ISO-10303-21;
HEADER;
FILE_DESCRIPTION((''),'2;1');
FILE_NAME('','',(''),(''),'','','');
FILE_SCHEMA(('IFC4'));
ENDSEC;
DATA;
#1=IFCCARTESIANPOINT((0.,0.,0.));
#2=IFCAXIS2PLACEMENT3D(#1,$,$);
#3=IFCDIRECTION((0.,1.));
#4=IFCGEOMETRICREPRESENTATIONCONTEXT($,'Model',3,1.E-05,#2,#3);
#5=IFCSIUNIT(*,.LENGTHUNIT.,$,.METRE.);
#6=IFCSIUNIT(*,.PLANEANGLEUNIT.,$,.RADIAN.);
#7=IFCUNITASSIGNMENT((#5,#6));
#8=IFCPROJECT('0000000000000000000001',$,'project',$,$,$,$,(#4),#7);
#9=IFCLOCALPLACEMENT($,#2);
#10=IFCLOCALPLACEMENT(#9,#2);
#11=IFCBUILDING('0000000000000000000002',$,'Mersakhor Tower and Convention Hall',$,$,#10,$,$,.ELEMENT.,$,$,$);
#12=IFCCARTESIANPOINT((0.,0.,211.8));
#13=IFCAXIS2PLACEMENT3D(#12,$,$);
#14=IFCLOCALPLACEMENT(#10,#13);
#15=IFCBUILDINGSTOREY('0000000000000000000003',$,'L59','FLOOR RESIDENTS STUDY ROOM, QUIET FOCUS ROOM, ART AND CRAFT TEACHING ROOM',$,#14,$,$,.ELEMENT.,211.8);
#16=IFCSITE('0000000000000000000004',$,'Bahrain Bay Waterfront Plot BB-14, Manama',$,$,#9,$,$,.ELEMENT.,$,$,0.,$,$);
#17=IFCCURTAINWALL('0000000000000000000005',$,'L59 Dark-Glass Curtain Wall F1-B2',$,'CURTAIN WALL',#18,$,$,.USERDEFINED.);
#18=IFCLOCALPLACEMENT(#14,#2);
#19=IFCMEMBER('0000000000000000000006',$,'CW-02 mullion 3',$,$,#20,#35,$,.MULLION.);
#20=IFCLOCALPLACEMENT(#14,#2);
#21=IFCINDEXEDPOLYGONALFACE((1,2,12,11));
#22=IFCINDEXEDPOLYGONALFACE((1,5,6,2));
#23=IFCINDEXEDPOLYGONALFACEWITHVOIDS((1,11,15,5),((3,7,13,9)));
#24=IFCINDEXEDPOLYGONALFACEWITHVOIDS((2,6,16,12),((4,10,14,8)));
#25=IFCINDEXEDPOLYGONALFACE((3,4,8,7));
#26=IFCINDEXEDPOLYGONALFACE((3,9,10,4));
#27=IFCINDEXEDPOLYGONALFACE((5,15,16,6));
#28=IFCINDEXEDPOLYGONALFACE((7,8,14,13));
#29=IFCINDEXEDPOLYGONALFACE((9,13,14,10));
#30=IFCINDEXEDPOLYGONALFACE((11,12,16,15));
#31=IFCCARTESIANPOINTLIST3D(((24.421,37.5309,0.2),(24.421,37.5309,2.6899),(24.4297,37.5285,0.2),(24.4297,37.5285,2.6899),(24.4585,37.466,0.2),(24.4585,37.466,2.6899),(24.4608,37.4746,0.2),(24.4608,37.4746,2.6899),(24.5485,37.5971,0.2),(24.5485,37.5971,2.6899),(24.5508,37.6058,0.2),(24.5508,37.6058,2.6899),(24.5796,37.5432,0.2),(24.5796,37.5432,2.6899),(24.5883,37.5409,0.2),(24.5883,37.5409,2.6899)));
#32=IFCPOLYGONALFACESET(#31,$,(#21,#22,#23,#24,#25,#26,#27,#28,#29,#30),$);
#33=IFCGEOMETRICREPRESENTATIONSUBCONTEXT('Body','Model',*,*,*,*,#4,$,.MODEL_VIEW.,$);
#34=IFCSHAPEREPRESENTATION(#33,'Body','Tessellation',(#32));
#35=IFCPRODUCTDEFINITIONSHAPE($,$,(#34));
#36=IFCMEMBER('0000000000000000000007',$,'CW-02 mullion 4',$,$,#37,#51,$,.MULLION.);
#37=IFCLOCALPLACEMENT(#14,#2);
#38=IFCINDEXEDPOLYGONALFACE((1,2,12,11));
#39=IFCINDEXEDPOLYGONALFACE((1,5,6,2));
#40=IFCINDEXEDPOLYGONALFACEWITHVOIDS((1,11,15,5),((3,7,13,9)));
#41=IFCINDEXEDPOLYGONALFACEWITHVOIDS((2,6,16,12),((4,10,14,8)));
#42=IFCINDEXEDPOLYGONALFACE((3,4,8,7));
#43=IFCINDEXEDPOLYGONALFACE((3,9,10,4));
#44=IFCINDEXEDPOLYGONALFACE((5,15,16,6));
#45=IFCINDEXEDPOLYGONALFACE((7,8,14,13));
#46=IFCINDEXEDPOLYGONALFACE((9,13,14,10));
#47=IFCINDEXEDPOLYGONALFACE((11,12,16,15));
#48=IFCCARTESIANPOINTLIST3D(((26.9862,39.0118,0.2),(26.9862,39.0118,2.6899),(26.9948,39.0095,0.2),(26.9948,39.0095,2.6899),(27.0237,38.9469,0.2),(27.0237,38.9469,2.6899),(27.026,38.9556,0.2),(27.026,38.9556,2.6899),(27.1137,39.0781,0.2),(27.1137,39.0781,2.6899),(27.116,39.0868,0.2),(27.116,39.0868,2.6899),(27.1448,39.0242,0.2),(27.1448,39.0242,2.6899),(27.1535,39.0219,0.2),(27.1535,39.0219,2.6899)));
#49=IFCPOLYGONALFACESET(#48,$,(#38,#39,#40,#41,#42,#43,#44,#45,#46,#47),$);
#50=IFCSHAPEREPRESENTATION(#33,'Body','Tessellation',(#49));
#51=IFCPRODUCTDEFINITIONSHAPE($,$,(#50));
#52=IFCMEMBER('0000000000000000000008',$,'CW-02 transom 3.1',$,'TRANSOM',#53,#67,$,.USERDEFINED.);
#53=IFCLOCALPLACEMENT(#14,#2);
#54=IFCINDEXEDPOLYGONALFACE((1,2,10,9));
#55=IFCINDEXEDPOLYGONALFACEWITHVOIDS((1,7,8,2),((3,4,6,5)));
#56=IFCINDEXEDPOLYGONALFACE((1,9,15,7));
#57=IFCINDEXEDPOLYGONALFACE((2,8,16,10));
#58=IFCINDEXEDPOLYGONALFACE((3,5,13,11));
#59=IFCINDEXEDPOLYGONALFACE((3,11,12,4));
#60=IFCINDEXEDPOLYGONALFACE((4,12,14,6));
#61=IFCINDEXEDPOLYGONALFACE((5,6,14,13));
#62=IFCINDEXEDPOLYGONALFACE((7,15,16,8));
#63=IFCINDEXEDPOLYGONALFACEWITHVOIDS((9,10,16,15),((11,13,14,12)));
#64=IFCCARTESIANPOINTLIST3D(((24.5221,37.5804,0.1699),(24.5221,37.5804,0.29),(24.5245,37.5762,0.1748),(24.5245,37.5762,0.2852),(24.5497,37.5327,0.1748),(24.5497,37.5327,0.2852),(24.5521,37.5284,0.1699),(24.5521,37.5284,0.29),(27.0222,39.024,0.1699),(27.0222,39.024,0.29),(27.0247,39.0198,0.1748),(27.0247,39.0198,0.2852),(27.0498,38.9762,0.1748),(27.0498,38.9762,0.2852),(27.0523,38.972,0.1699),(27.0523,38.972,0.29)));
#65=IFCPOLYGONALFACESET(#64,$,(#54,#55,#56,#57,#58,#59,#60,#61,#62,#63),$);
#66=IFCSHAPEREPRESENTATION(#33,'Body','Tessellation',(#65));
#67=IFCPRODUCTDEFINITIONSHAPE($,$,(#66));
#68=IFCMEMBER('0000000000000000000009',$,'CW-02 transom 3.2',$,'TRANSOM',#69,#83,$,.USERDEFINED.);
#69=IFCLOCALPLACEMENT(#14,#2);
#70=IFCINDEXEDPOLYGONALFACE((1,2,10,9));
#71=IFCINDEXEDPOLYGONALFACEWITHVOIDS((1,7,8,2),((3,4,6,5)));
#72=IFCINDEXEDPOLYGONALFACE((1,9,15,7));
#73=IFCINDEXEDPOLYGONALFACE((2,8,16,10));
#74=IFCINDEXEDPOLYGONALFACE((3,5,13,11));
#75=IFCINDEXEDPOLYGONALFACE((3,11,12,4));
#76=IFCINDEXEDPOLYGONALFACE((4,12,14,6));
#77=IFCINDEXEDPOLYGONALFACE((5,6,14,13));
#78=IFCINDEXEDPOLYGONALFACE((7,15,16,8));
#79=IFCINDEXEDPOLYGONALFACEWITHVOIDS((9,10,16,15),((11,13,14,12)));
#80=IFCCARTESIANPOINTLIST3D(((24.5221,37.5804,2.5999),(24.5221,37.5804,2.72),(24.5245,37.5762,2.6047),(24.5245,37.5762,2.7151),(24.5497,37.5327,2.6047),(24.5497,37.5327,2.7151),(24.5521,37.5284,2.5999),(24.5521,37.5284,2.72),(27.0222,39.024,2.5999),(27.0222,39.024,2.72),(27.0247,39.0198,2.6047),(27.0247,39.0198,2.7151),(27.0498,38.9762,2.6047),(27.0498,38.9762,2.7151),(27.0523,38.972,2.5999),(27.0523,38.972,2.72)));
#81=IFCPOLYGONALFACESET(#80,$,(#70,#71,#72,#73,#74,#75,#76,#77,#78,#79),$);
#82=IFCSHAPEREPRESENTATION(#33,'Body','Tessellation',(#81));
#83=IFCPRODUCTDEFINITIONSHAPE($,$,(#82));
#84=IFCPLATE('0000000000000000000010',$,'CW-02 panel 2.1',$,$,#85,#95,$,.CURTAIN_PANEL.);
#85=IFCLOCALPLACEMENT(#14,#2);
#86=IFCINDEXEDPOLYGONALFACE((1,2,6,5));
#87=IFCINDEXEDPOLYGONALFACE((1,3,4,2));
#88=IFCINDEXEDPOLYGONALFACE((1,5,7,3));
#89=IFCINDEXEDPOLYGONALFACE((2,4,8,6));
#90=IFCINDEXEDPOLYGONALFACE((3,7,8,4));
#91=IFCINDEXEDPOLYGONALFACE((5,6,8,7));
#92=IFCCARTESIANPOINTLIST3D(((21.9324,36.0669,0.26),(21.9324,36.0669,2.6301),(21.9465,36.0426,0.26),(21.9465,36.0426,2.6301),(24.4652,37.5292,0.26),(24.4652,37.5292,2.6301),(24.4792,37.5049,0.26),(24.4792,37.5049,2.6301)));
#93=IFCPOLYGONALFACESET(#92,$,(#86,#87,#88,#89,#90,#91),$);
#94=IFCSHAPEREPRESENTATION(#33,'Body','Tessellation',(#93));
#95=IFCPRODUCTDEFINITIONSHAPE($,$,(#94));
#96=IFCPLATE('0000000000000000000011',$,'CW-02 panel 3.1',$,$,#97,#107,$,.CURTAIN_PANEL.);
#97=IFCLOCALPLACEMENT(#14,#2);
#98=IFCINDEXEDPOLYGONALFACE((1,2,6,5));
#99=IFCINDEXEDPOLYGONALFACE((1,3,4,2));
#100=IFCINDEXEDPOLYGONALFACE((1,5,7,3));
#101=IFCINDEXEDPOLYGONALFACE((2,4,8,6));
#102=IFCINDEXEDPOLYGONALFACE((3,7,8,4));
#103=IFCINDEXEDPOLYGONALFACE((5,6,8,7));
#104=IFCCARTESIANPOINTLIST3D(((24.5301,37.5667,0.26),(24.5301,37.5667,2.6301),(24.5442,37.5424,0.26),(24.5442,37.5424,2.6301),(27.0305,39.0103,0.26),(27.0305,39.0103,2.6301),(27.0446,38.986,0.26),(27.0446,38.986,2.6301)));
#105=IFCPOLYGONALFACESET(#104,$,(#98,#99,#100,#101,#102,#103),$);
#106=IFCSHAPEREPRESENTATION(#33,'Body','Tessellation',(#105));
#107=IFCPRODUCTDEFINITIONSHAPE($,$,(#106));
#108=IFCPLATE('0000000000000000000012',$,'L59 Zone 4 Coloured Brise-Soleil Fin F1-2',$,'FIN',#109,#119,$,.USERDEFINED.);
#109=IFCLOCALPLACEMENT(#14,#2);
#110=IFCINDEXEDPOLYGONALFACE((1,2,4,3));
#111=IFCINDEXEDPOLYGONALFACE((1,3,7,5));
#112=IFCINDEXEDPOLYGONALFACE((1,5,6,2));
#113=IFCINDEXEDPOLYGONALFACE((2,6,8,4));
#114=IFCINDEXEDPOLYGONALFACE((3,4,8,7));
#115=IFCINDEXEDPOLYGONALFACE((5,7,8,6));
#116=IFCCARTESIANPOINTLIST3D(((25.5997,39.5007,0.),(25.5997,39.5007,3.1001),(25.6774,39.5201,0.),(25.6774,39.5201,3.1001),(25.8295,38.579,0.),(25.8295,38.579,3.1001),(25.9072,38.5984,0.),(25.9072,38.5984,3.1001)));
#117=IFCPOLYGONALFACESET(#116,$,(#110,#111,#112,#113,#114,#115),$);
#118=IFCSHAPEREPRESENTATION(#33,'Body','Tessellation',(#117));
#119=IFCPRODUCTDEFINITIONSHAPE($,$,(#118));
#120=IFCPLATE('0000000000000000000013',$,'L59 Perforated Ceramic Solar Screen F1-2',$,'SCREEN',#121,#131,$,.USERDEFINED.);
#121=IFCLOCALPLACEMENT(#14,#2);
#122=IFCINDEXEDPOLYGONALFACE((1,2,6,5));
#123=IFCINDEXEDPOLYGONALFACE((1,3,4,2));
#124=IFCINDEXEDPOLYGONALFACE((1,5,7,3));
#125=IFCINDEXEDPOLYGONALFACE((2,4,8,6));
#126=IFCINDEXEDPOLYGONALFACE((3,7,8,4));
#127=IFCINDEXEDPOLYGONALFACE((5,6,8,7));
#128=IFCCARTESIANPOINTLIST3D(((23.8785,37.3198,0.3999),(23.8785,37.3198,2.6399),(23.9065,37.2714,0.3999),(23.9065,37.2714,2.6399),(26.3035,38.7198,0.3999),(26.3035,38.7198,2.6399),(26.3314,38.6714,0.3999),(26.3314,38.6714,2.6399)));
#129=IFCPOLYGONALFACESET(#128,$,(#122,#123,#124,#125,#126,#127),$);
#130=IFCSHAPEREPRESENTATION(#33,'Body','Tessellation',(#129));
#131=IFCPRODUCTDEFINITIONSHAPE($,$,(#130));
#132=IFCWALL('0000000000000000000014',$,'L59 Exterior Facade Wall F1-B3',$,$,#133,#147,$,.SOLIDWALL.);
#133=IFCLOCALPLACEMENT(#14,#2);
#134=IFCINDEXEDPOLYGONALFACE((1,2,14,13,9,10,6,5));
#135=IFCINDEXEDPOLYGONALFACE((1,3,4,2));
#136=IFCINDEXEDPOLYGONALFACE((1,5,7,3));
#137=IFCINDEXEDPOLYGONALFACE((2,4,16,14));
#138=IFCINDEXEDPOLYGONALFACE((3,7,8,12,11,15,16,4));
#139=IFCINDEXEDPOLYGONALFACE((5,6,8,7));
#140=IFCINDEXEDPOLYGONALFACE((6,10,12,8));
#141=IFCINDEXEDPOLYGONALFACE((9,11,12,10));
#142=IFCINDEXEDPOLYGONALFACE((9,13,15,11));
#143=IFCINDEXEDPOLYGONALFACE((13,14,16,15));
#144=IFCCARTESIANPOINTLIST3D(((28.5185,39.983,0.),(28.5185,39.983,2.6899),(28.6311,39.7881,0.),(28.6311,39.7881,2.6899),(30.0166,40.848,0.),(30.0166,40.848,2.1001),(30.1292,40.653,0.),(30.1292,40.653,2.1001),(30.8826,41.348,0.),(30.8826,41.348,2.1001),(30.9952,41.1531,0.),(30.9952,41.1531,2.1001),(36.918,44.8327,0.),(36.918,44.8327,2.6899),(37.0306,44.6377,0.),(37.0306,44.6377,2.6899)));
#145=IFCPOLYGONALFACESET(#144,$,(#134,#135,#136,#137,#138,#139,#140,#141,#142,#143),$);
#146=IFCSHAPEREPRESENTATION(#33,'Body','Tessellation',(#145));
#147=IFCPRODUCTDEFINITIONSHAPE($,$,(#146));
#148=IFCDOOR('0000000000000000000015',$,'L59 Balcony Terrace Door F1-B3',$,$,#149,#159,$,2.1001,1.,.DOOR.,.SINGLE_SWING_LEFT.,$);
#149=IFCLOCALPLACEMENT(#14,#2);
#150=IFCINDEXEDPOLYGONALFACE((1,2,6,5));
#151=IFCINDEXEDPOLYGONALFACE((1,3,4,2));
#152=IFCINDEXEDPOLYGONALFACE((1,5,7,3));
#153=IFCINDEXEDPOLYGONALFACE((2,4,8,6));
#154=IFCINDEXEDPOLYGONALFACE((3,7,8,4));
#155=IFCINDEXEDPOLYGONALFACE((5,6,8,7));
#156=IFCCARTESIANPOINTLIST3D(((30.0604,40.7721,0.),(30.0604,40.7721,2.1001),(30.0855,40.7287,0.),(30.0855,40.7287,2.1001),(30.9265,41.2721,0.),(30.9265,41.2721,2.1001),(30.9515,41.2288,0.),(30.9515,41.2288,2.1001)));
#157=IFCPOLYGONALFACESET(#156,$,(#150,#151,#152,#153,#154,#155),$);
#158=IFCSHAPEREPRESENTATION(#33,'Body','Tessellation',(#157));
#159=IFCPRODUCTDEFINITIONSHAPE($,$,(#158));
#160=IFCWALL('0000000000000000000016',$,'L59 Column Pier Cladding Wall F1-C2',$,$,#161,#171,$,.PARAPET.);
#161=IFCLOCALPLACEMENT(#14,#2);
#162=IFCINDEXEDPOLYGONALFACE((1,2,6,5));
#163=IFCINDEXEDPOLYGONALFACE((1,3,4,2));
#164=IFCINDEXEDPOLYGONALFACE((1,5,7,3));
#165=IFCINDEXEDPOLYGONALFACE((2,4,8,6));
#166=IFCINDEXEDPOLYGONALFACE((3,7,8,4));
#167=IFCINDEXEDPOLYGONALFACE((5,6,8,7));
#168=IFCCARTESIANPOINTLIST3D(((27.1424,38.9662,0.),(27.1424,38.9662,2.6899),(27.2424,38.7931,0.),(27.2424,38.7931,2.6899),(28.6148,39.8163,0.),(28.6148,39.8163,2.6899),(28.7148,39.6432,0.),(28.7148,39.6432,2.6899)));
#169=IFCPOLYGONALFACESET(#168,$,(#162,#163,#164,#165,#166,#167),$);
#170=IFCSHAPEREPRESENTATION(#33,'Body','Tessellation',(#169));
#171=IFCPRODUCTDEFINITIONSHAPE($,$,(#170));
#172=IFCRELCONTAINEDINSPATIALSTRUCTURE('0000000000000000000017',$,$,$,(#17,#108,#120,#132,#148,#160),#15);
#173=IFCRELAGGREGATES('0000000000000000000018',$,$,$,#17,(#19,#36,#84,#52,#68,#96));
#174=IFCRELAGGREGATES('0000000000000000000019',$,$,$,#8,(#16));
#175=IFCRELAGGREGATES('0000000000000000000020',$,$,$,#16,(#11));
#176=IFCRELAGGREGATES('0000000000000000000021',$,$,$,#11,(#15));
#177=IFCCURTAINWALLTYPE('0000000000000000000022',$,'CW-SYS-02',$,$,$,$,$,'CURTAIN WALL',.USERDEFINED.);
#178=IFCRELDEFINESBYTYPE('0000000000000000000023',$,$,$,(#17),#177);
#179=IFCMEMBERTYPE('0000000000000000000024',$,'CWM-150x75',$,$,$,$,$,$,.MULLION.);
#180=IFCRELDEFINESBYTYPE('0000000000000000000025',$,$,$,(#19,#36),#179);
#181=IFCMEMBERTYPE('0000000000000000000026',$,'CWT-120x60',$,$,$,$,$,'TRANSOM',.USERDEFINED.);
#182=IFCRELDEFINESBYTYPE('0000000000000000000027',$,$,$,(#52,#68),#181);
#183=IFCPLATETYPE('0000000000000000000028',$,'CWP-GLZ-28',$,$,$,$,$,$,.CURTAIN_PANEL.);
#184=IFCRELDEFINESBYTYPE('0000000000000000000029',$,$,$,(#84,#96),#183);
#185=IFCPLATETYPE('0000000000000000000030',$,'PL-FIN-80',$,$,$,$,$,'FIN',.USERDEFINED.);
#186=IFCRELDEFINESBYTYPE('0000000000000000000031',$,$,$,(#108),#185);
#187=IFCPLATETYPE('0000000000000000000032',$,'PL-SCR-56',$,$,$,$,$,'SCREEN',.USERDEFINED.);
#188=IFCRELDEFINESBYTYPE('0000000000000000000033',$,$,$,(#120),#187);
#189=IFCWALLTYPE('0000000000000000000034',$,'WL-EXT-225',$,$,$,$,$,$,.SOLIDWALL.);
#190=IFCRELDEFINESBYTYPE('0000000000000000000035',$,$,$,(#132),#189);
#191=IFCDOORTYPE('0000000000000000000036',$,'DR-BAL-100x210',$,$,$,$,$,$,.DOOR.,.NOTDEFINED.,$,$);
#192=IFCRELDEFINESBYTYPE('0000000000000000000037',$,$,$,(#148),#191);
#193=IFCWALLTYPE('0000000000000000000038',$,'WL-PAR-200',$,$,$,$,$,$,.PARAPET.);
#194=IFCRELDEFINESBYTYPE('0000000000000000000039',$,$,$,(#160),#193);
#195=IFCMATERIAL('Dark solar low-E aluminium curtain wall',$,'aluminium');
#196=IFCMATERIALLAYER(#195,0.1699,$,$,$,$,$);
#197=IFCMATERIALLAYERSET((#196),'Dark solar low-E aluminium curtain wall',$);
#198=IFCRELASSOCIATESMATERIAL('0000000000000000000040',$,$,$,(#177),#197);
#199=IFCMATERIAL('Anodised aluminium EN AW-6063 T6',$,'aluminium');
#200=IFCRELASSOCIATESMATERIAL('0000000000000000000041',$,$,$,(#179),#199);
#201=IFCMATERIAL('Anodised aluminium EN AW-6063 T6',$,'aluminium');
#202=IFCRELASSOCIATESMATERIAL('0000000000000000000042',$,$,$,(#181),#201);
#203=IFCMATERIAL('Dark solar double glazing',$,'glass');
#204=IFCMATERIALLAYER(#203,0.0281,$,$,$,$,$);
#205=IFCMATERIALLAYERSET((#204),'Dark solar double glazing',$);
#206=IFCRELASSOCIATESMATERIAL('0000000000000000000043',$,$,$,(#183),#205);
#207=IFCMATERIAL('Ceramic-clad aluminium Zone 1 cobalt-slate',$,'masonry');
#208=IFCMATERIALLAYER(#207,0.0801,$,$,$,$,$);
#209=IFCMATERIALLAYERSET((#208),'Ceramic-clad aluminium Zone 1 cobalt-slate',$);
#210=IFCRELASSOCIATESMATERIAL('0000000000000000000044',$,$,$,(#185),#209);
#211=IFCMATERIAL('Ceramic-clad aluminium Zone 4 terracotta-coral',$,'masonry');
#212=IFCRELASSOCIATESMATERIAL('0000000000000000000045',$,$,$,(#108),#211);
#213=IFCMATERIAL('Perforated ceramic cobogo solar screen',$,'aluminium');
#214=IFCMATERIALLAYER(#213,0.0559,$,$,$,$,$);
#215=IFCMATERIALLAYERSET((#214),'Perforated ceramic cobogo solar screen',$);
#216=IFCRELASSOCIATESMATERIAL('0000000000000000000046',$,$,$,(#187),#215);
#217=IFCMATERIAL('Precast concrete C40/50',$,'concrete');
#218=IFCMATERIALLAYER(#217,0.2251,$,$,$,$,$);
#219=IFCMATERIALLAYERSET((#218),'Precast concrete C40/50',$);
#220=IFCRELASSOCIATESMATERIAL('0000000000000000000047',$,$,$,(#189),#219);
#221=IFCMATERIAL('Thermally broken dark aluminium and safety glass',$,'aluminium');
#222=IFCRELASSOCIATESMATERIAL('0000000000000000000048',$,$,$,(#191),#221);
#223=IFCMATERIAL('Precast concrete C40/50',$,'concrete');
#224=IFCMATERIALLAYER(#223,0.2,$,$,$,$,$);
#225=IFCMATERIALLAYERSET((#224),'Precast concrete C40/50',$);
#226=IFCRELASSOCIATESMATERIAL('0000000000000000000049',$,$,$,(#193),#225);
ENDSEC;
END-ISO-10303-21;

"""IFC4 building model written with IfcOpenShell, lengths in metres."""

from ifc_helpers import new_model, si_unit, direction, frame, frame_2d, origin, origin_2d, place, context, subcontext, project, spatial, rectangle, hollow_rectangle, extrude, material, layer, layer_set, material_profile, profile_set, type_object, element, fill, aggregate, save


model = new_model("IFC4")

# Units and contexts
model_context = context("Model", 3, precision=1e-05, world=origin(), true_north=direction((0.0, 1.0)))
body_context = subcontext(model_context, "Body", "Model", "MODEL_VIEW")
ifc_project = project(units=[si_unit("LENGTHUNIT", "METRE"), si_unit("PLANEANGLEUNIT", "RADIAN")], contexts=[model_context])

# Site, building, storey
site_placement = place(None, origin())
site = spatial("IfcSite", under=ifc_project, at=site_placement, Name="Bahrain Bay Waterfront Plot BB-14, Manama", CompositionType="ELEMENT", RefElevation=0.0)
building_placement = place(site_placement, origin())
building = spatial("IfcBuilding", under=site, at=building_placement, Name="Mersakhor Tower and Convention Hall", CompositionType="ELEMENT")
storey_placement = place(building_placement, frame((0.0, 0.0, 211.8)))
storey = spatial("IfcBuildingStorey", under=building, at=storey_placement, Name="L59", Description="FLOOR RESIDENTS STUDY ROOM, QUIET FOCUS ROOM, ART AND CRAFT TEACHING ROOM", CompositionType="ELEMENT", Elevation=211.8)

# Curtain wall, members, plates
ifc_material_1 = material(Name="Dark solar low-E aluminium curtain wall", Category="aluminium")
ifc_layer_1 = layer(ifc_material_1, 0.1699)
ifc_layer_set_1 = layer_set([ifc_layer_1], Name="Dark solar low-E aluminium curtain wall")
curtain_wall_type = type_object("IfcCurtainWallType", Name="CW-SYS-02", ElementType="CURTAIN WALL", PredefinedType="USERDEFINED", material=ifc_layer_set_1)
curtain_wall_placement = place(storey_placement, origin())
curtain_wall = element("IfcCurtainWall", 1, at=curtain_wall_placement, inside=storey, type_object=curtain_wall_type, Name="L59 Dark-Glass Curtain Wall F1-B2", ObjectType="CURTAIN WALL", PredefinedType="USERDEFINED")
ifc_material_2 = material(Name="Anodised aluminium EN AW-6063 T6", Category="aluminium")
ifc_material_profile_1 = material_profile(ifc_material_2, hollow_rectangle(XDim=0.075, YDim=0.1499, WallThickness=0.0063, at=origin_2d()), Name="RHS 150x75x6.3")
ifc_profile_set_1 = profile_set([ifc_material_profile_1], Name="Anodised aluminium EN AW-6063 T6")
member_type_1 = type_object("IfcMemberType", Name="CWM-150x75", PredefinedType="MULLION", material=ifc_profile_set_1)
member_1_placement = place(storey_placement, frame((24.5046, 37.5359, 0.2), z_axis=(0.0, 0.0, 1.0), x_axis=(-0.500008, 0.866021, 0.0)))
member_1 = element("IfcMember", 2, at=member_1_placement, type_object=member_type_1, Name="CW-02 mullion 3", PredefinedType="MULLION", context=body_context, shape_type="SweptSolid", body=[
    extrude(hollow_rectangle(XDim=0.075, YDim=0.1499, WallThickness=0.0063, at=origin_2d()), origin(), (0.0, 0.0, 1.0), 2.49),
])
member_2_placement = place(storey_placement, frame((27.0698, 39.0168, 0.2), z_axis=(0.0, 0.0, 1.0), x_axis=(-0.500008, 0.866021, 0.0)))
member_2 = element("IfcMember", 3, at=member_2_placement, type_object=member_type_1, Name="CW-02 mullion 4", PredefinedType="MULLION", context=body_context, shape_type="SweptSolid", body=[
    extrude(hollow_rectangle(XDim=0.075, YDim=0.1499, WallThickness=0.0063, at=origin_2d()), origin(), (0.0, 0.0, 1.0), 2.49),
])
ifc_material_3 = material(Name="Anodised aluminium EN AW-6063 T6", Category="aluminium")
ifc_material_profile_2 = material_profile(ifc_material_3, hollow_rectangle(XDim=0.0601, YDim=0.1201, WallThickness=0.0049, at=origin_2d()), Name="RHS 120x60x5")
ifc_profile_set_2 = profile_set([ifc_material_profile_2], Name="Anodised aluminium EN AW-6063 T6")
member_type_2 = type_object("IfcMemberType", Name="CWT-120x60", ElementType="TRANSOM", PredefinedType="USERDEFINED", material=ifc_profile_set_2)
member_3_placement = place(storey_placement, frame((24.5371, 37.5544, 0.23), z_axis=(0.866012, 0.500023, 0.0), x_axis=(-0.500023, 0.866012, 0.0)))
member_3 = element("IfcMember", 4, at=member_3_placement, type_object=member_type_2, Name="CW-02 transom 3.1", ObjectType="TRANSOM", PredefinedType="USERDEFINED", context=body_context, shape_type="SweptSolid", body=[
    extrude(hollow_rectangle(XDim=0.0601, YDim=0.1201, WallThickness=0.0049, at=origin_2d()), origin(), (0.0, 0.0, 1.0), 2.887),
])
member_4_placement = place(storey_placement, frame((24.5371, 37.5544, 2.6599), z_axis=(0.866012, 0.500023, 0.0), x_axis=(-0.500023, 0.866012, 0.0)))
member_4 = element("IfcMember", 5, at=member_4_placement, type_object=member_type_2, Name="CW-02 transom 3.2", ObjectType="TRANSOM", PredefinedType="USERDEFINED", context=body_context, shape_type="SweptSolid", body=[
    extrude(hollow_rectangle(XDim=0.0601, YDim=0.1201, WallThickness=0.0049, at=origin_2d()), origin(), (0.0, 0.0, 1.0), 2.887),
])
ifc_material_4 = material(Name="Dark solar double glazing", Category="glass")
ifc_layer_2 = layer(ifc_material_4, 0.0281)
ifc_layer_set_2 = layer_set([ifc_layer_2], Name="Dark solar double glazing")
plate_type_1 = type_object("IfcPlateType", Name="CWP-GLZ-28", PredefinedType="CURTAIN_PANEL", material=ifc_layer_set_2)
plate_1_placement = place(storey_placement, frame((23.2058, 36.7859, 0.26), z_axis=(0.0, 0.0, 1.0), x_axis=(0.866021, 0.500008, 0.0)))
plate_1 = element("IfcPlate", 6, at=plate_1_placement, type_object=plate_type_1, Name="CW-02 panel 2.1", PredefinedType="CURTAIN_PANEL", context=body_context, shape_type="SweptSolid", body=[
    extrude(rectangle(XDim=2.9246, YDim=0.0281, at=origin_2d()), origin(), (0.0, 0.0, 1.0), 2.3701),
])
plate_2_placement = place(storey_placement, frame((25.7874, 38.2764, 0.26), z_axis=(0.0, 0.0, 1.0), x_axis=(0.866021, 0.500008, 0.0)))
plate_2 = element("IfcPlate", 7, at=plate_2_placement, type_object=plate_type_1, Name="CW-02 panel 3.1", PredefinedType="CURTAIN_PANEL", context=body_context, shape_type="SweptSolid", body=[
    extrude(rectangle(XDim=2.8872, YDim=0.0281, at=origin_2d()), origin(), (0.0, 0.0, 1.0), 2.3701),
])
aggregate(curtain_wall, [member_1, member_2, plate_1, member_3, member_4, plate_2])

# Plates
ifc_material_5 = material(Name="Ceramic-clad aluminium Zone 4 terracotta-coral", Category="masonry")
ifc_material_6 = material(Name="Ceramic-clad aluminium Zone 1 cobalt-slate", Category="masonry")
ifc_layer_3 = layer(ifc_material_6, 0.0801)
ifc_layer_set_3 = layer_set([ifc_layer_3], Name="Ceramic-clad aluminium Zone 1 cobalt-slate")
plate_type_2 = type_object("IfcPlateType", Name="PL-FIN-80", ElementType="FIN", PredefinedType="USERDEFINED", material=ifc_layer_set_3)
plate_3_placement = place(storey_placement, frame((25.7534, 39.0496, 0.0), z_axis=(0.0, 0.0, 1.0), x_axis=(-0.241922, 0.970296, 0.0)))
element("IfcPlate", 8, at=plate_3_placement, inside=storey, type_object=plate_type_2, material=ifc_material_5, Name="L59 Zone 4 Coloured Brise-Soleil Fin F1-2", ObjectType="FIN", PredefinedType="USERDEFINED", context=body_context, shape_type="SweptSolid", body=[
    extrude(rectangle(XDim=0.95, YDim=0.0801, at=origin_2d()), origin(), (0.0, 0.0, 1.0), 3.1001),
])
ifc_material_7 = material(Name="Perforated ceramic cobogo solar screen", Category="aluminium")
ifc_layer_4 = layer(ifc_material_7, 0.0559)
ifc_layer_set_4 = layer_set([ifc_layer_4], Name="Perforated ceramic cobogo solar screen")
plate_type_3 = type_object("IfcPlateType", Name="PL-SCR-56", ElementType="SCREEN", PredefinedType="USERDEFINED", material=ifc_layer_set_4)
plate_4_placement = place(storey_placement, frame((25.105, 37.9956, 0.3999), z_axis=(0.0, 0.0, 1.0), x_axis=(0.866025, 0.5, 0.0)))
element("IfcPlate", 9, at=plate_4_placement, inside=storey, type_object=plate_type_3, Name="L59 Perforated Ceramic Solar Screen F1-2", ObjectType="SCREEN", PredefinedType="USERDEFINED", context=body_context, shape_type="SweptSolid", body=[
    extrude(rectangle(XDim=2.8, YDim=0.0559, at=origin_2d()), origin(), (0.0, 0.0, 1.0), 2.24),
])

# Wall, opening, door
ifc_material_8 = material(Name="Precast concrete C40/50", Category="concrete")
ifc_layer_5 = layer(ifc_material_8, 0.2251)
ifc_layer_set_5 = layer_set([ifc_layer_5], Name="Precast concrete C40/50")
wall_type_1 = type_object("IfcWallType", Name="WL-EXT-225", PredefinedType="SOLIDWALL", material=ifc_layer_set_5)
wall_1_placement = place(storey_placement, frame((28.5747, 39.8855, 0.0), z_axis=(0.0, 0.0, 1.0), x_axis=(0.866016, 0.500016, 0.0)))
wall_1 = element("IfcWall", 10, at=wall_1_placement, inside=storey, type_object=wall_type_1, Name="L59 Exterior Facade Wall F1-B3", PredefinedType="SOLIDWALL", context=body_context, shape_type="SweptSolid", body=[
    extrude(rectangle(XDim=9.699, YDim=0.2251, at=frame_2d((4.8496, 0.0))), origin(), (0.0, 0.0, 1.0), 2.6899),
])
opening_1_placement = place(wall_1_placement, frame((1.73, 0.0, 0.0)))
opening_1 = element("IfcOpeningElement", 11, at=opening_1_placement, cuts=wall_1, PredefinedType="OPENING", context=body_context, shape_type="SweptSolid", body=[
    extrude(rectangle(XDim=1.0, YDim=2.1001, at=frame_2d((0.5, 1.05))), frame((0.0, 0.1226, 0.0), z_axis=(0.0, -1.0, 0.0), x_axis=(1.0, 0.0, 0.0)), (0.0, 0.0, 1.0), 0.2451),
])
ifc_material_9 = material(Name="Thermally broken dark aluminium and safety glass", Category="aluminium")
door_type_1 = type_object("IfcDoorType", Name="DR-BAL-100x210", OperationType="NOTDEFINED", PredefinedType="DOOR", material=ifc_material_9)
door_1_placement = place(opening_1_placement, origin())
door_1 = element("IfcDoor", 12, at=door_1_placement, inside=storey, type_object=door_type_1, Name="L59 Balcony Terrace Door F1-B3", OperationType="SINGLE_SWING_LEFT", OverallHeight=2.1001, OverallWidth=1.0, PredefinedType="DOOR", context=body_context, shape_type="SweptSolid", body=[
    extrude(rectangle(XDim=1.0, YDim=2.1001, at=frame_2d((0.5, 1.05))), frame((0.0, 0.0249, 0.0), z_axis=(0.0, -1.0, 0.0), x_axis=(1.0, 0.0, 0.0)), (0.0, 0.0, 1.0), 0.05),
])
fill(opening_1, door_1)

# Wall
ifc_material_10 = material(Name="Precast concrete C40/50", Category="concrete")
ifc_layer_6 = layer(ifc_material_10, 0.2)
ifc_layer_set_6 = layer_set([ifc_layer_6], Name="Precast concrete C40/50")
wall_type_2 = type_object("IfcWallType", Name="WL-PAR-200", PredefinedType="PARAPET", material=ifc_layer_set_6)
wall_2_placement = place(storey_placement, frame((27.1924, 38.8796, 0.0), z_axis=(0.0, 0.0, 1.0), x_axis=(0.866025, 0.5, 0.0)))
element("IfcWall", 13, at=wall_2_placement, inside=storey, type_object=wall_type_2, Name="L59 Column Pier Cladding Wall F1-C2", PredefinedType="PARAPET", context=body_context, shape_type="SweptSolid", body=[
    extrude(rectangle(XDim=1.7002, YDim=0.2, at=frame_2d((0.8501, 0.0))), origin(), (0.0, 0.0, 1.0), 2.6899),
])

save(model, "model.ifc")
